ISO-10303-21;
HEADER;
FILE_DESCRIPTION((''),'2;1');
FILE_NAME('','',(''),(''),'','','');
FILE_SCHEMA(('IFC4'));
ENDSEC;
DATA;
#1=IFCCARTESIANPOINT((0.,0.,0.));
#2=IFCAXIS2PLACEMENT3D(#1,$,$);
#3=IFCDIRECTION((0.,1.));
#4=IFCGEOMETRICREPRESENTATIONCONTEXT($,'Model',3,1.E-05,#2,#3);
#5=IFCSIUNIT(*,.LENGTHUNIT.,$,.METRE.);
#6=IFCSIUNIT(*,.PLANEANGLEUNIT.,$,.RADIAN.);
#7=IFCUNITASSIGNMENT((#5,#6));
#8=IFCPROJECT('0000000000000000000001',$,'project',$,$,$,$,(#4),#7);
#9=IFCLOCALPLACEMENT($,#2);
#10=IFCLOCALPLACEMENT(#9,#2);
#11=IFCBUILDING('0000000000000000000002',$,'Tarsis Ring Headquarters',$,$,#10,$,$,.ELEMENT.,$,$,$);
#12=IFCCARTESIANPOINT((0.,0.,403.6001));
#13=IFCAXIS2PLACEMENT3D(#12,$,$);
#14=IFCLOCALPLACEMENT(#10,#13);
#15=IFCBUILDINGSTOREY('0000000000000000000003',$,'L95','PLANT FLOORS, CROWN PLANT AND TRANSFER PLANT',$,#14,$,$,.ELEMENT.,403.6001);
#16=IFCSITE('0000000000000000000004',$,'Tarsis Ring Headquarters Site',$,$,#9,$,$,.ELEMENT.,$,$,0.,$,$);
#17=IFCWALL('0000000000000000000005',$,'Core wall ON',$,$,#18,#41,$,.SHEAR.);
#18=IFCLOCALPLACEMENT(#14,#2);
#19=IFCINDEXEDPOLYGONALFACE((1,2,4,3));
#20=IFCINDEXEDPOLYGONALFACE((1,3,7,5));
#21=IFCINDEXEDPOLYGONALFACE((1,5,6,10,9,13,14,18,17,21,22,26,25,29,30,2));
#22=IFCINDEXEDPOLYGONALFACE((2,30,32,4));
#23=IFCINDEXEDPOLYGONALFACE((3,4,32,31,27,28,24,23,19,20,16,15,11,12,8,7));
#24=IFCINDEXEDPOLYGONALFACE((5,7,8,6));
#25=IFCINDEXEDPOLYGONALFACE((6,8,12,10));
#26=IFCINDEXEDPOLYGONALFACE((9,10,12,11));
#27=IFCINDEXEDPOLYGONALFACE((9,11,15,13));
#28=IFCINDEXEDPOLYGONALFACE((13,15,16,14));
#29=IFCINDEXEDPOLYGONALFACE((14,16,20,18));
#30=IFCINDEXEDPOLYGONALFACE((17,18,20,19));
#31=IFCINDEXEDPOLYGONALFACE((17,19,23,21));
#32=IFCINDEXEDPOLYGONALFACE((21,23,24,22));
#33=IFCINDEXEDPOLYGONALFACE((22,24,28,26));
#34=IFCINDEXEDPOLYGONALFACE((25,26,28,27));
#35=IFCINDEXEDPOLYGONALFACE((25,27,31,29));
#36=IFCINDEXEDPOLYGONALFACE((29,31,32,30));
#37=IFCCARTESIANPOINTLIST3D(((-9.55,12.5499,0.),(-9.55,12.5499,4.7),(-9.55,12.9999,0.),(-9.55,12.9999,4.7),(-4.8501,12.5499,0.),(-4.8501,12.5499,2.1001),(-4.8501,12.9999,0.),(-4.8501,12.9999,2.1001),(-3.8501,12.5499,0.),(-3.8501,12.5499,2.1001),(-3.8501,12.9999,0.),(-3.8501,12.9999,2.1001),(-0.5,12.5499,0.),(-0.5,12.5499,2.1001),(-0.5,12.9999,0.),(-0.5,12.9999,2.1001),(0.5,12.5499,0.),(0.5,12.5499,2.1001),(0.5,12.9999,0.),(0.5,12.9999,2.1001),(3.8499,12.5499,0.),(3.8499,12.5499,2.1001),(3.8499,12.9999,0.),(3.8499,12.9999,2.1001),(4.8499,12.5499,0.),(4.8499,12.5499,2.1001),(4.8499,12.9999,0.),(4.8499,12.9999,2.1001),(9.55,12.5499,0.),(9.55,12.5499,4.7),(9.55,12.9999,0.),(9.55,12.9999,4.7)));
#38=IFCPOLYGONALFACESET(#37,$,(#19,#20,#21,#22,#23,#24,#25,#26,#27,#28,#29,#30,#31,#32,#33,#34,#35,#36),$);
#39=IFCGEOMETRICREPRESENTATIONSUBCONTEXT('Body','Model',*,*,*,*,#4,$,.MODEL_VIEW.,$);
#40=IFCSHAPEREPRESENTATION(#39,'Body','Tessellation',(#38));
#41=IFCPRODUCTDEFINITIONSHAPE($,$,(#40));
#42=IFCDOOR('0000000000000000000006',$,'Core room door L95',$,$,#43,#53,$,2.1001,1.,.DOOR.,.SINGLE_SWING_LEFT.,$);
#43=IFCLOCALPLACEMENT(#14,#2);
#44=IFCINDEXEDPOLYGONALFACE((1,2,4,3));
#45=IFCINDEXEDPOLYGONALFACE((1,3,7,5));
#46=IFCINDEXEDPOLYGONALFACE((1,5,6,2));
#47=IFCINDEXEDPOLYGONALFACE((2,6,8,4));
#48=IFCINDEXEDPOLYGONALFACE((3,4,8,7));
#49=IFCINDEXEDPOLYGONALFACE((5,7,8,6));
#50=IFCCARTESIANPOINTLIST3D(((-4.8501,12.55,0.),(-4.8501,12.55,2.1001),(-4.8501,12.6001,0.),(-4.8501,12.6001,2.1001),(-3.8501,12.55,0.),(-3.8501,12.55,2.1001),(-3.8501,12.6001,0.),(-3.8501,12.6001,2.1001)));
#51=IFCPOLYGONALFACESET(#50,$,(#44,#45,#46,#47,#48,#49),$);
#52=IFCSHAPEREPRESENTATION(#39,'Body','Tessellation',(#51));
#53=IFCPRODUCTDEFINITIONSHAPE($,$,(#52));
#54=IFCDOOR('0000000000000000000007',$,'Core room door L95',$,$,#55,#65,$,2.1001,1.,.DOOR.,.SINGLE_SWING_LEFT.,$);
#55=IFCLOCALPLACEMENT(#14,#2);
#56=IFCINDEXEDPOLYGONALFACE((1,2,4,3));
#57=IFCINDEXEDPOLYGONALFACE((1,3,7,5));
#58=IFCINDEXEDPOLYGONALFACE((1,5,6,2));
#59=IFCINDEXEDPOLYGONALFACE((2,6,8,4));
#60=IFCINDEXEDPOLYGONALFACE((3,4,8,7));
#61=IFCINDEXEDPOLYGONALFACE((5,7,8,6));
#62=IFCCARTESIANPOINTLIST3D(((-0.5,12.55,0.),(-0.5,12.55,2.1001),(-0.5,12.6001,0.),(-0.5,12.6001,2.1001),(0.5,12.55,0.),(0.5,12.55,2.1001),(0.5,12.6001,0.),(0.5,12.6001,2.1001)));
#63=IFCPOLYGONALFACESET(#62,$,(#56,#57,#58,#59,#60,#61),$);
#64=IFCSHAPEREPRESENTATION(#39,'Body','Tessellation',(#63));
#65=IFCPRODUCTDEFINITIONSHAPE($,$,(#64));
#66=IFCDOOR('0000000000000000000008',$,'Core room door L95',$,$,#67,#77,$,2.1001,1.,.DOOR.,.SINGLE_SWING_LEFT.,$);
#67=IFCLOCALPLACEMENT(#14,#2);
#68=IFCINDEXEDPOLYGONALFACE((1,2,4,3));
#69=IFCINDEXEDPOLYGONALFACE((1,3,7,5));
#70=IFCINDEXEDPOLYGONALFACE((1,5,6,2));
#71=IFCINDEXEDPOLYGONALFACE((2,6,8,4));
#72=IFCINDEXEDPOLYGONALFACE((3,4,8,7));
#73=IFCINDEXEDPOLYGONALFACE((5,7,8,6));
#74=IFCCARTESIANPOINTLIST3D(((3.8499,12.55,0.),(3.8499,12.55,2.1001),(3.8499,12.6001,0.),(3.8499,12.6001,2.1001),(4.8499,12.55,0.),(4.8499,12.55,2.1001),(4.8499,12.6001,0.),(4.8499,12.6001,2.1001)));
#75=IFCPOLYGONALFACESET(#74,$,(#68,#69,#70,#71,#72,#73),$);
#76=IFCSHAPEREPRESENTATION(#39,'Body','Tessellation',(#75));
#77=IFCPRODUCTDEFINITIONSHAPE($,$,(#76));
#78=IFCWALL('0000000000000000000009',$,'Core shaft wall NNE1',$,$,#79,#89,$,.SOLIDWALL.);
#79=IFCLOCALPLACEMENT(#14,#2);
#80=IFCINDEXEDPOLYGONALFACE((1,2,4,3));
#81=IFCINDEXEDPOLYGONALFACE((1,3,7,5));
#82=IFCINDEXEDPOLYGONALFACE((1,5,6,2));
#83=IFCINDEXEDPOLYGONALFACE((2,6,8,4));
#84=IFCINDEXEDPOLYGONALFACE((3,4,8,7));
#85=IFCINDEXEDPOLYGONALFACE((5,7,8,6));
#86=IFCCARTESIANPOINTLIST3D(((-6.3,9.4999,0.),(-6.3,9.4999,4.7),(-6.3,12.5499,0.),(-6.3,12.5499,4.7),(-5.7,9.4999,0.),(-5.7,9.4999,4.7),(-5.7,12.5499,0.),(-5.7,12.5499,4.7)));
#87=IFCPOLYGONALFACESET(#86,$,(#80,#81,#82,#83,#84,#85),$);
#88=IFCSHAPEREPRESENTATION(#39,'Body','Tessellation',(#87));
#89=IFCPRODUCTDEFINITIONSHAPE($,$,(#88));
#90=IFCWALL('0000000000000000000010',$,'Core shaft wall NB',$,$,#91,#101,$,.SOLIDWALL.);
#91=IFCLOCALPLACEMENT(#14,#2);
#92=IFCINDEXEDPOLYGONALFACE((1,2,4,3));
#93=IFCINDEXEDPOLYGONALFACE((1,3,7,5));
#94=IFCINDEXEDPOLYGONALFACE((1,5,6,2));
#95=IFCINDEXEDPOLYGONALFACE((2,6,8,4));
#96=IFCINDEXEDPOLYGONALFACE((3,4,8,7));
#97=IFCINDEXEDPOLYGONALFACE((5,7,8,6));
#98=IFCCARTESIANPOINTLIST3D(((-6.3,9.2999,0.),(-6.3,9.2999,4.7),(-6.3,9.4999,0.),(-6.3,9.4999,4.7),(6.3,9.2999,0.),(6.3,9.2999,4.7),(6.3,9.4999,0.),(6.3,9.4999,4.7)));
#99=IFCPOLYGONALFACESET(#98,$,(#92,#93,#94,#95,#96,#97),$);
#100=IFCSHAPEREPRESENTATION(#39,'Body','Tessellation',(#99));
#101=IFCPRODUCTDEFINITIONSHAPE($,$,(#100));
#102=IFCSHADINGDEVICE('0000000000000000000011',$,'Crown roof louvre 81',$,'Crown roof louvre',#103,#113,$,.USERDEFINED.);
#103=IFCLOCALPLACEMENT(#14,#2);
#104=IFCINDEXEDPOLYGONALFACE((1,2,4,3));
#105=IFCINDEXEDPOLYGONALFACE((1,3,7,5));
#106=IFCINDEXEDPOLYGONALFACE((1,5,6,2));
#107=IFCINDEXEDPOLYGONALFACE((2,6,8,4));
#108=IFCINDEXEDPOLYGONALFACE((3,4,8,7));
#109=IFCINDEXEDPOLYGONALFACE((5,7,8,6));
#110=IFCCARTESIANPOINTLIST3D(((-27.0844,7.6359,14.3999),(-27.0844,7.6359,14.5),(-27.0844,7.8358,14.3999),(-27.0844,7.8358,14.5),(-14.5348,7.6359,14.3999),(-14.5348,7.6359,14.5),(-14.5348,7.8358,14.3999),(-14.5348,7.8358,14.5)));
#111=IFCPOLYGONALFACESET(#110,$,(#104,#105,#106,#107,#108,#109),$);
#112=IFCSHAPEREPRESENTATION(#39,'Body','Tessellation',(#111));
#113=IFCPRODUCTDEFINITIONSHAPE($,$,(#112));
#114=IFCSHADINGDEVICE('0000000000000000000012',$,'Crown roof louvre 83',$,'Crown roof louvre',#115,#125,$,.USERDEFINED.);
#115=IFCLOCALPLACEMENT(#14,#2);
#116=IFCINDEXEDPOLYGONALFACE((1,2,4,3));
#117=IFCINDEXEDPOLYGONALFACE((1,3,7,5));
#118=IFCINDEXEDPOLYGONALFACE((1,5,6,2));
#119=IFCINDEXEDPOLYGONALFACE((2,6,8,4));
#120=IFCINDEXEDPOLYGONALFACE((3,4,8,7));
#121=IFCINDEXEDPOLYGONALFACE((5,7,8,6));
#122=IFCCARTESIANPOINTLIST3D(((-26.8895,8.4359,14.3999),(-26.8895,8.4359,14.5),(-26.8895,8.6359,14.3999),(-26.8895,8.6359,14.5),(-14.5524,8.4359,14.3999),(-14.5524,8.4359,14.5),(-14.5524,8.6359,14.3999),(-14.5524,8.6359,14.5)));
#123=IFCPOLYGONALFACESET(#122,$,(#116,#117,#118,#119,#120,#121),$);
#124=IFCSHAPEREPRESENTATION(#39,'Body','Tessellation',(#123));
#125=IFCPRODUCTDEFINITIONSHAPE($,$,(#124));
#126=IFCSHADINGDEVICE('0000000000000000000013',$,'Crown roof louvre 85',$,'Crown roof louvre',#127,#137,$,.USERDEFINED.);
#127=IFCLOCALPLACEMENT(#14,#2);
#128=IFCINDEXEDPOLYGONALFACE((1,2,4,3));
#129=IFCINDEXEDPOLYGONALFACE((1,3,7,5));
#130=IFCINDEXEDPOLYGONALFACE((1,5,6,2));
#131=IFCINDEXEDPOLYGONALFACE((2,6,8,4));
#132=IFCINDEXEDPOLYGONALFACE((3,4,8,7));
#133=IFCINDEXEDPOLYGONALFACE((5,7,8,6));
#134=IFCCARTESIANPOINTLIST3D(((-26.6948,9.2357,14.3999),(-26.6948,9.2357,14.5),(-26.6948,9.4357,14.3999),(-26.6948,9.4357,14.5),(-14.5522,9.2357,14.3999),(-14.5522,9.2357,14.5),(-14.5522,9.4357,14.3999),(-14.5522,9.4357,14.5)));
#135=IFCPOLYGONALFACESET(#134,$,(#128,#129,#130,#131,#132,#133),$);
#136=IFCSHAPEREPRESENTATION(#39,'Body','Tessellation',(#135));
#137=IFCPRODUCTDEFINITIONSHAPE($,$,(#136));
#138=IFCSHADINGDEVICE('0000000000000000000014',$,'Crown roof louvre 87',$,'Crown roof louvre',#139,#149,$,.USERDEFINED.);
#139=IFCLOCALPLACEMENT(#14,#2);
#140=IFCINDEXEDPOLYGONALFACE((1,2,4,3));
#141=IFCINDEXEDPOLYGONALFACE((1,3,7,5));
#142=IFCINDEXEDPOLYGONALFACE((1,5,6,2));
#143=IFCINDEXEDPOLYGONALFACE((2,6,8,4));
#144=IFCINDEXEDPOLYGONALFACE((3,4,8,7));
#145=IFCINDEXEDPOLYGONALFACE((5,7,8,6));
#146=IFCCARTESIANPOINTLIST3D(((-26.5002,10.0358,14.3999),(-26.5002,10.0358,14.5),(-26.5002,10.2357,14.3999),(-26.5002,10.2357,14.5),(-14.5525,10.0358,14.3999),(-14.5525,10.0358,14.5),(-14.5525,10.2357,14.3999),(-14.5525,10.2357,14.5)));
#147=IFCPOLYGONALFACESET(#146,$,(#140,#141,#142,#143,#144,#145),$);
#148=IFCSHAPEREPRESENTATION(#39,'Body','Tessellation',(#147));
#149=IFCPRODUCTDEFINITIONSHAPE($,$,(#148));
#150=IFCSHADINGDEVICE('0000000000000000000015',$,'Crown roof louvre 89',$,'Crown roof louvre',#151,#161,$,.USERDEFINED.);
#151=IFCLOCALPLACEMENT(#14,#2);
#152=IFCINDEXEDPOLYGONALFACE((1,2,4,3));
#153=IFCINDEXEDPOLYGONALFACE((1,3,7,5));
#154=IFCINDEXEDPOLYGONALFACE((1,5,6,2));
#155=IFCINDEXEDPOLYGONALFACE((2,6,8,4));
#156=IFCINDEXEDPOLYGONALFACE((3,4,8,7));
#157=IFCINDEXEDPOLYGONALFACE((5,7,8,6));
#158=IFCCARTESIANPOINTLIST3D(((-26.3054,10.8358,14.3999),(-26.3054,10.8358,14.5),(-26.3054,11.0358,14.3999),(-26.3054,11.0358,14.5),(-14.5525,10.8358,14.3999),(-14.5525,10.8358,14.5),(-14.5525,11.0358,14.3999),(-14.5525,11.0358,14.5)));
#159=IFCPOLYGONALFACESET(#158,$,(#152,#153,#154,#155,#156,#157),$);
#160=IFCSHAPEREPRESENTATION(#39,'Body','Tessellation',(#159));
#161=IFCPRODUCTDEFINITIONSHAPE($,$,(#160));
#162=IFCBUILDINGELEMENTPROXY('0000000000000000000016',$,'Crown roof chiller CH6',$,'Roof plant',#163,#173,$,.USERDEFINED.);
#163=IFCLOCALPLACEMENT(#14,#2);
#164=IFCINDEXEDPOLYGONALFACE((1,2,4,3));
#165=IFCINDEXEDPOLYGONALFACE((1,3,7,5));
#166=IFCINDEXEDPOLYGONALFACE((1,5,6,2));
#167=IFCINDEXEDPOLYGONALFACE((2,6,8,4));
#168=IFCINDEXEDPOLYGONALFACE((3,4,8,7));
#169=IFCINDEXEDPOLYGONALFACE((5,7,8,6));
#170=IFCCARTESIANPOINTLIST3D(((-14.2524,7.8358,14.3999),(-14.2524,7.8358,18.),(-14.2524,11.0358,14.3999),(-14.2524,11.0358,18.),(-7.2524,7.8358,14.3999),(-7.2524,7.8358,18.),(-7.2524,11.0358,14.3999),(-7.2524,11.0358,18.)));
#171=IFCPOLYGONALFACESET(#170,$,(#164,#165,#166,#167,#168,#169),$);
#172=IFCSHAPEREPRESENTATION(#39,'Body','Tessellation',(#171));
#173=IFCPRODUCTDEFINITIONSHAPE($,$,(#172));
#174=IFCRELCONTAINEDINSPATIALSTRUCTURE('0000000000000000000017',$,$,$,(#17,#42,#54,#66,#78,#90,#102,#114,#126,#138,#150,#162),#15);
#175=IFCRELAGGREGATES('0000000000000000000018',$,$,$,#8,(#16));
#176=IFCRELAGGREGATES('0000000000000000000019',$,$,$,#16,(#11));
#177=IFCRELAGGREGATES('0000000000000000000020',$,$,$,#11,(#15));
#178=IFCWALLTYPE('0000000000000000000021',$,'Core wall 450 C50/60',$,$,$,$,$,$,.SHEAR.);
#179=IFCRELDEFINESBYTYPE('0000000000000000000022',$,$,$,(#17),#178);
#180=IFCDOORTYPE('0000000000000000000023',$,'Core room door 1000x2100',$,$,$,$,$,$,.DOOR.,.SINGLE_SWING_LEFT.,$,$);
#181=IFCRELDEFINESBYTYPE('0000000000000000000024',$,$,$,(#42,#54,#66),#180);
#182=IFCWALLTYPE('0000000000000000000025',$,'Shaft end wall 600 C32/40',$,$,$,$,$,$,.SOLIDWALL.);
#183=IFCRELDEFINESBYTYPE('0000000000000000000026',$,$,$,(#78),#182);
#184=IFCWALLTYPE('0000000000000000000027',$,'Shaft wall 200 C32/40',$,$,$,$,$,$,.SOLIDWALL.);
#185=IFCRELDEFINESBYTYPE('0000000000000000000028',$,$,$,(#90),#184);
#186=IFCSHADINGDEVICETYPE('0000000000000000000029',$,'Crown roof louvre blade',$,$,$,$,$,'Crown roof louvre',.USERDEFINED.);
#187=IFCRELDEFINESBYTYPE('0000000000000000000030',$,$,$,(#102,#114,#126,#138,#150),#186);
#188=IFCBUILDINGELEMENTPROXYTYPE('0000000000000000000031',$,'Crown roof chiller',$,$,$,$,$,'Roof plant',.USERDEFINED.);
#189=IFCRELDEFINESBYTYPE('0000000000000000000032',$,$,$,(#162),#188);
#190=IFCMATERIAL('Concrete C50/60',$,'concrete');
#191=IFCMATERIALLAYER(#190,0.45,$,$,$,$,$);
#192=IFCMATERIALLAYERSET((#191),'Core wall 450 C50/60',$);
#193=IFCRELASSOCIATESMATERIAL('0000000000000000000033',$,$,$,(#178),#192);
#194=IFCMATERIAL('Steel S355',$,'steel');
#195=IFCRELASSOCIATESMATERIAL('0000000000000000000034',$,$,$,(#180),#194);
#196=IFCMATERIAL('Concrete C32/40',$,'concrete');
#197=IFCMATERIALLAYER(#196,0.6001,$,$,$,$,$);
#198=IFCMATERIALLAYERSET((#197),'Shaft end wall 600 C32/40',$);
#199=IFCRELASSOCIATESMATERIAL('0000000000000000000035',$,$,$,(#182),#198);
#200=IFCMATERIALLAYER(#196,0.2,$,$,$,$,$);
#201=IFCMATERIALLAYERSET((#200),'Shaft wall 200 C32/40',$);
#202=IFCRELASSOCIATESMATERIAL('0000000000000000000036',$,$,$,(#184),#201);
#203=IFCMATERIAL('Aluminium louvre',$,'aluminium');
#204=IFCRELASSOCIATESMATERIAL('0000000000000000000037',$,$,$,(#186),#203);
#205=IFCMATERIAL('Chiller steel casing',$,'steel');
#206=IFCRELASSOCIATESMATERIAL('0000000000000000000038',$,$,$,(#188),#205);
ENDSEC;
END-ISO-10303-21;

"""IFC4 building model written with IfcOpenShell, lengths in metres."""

from ifc_helpers import new_model, si_unit, direction, frame, frame_2d, origin, origin_2d, place, context, subcontext, project, spatial, rectangle, extrude, material, layer, layer_set, type_object, element, fill, save


model = new_model("IFC4")

# Units and contexts
model_context = context("Model", 3, precision=1e-05, world=origin(), true_north=direction((0.0, 1.0)))
body_context = subcontext(model_context, "Body", "Model", "MODEL_VIEW")
ifc_project = project(units=[si_unit("LENGTHUNIT", "METRE"), si_unit("PLANEANGLEUNIT", "RADIAN")], contexts=[model_context])

# Site, building, storey
site_placement = place(None, origin())
site = spatial("IfcSite", under=ifc_project, at=site_placement, Name="Tarsis Ring Headquarters Site", CompositionType="ELEMENT", RefElevation=0.0)
building_placement = place(site_placement, origin())
building = spatial("IfcBuilding", under=site, at=building_placement, Name="Tarsis Ring Headquarters", CompositionType="ELEMENT")
storey_placement = place(building_placement, frame((0.0, 0.0, 403.6001)))
storey = spatial("IfcBuildingStorey", under=building, at=storey_placement, Name="L95", Description="PLANT FLOORS, CROWN PLANT AND TRANSFER PLANT", CompositionType="ELEMENT", Elevation=403.6001)

# Wall, openings, doors
ifc_material_1 = material(Name="Concrete C50/60", Category="concrete")
ifc_layer_1 = layer(ifc_material_1, 0.45)
ifc_layer_set_1 = layer_set([ifc_layer_1], Name="Core wall 450 C50/60")
wall_type_1 = type_object("IfcWallType", Name="Core wall 450 C50/60", PredefinedType="SHEAR", material=ifc_layer_set_1)
wall_1_placement = place(storey_placement, frame((-9.55, 12.7749, 0.0), z_axis=(0.0, 0.0, 1.0), x_axis=(1.0, 0.0, 0.0)))
wall_1 = element("IfcWall", 1, at=wall_1_placement, inside=storey, type_object=wall_type_1, Name="Core wall ON", PredefinedType="SHEAR", context=body_context, shape_type="SweptSolid", body=[
    extrude(rectangle(XDim=19.1001, YDim=0.45, at=frame_2d((9.55, 0.0))), origin(), (0.0, 0.0, 1.0), 4.7),
])
opening_1_placement = place(wall_1_placement, frame((4.7, 0.0, 0.0)))
opening_1 = element("IfcOpeningElement", 2, at=opening_1_placement, cuts=wall_1, PredefinedType="OPENING", context=body_context, shape_type="SweptSolid", body=[
    extrude(rectangle(XDim=1.0, YDim=2.1001, at=frame_2d((0.5, 1.05))), frame((0.0, 0.2349, 0.0), z_axis=(0.0, -1.0, 0.0), x_axis=(1.0, 0.0, 0.0)), (0.0, 0.0, 1.0), 0.47),
])
opening_2_placement = place(wall_1_placement, frame((9.05, 0.0, 0.0)))
opening_2 = element("IfcOpeningElement", 3, at=opening_2_placement, cuts=wall_1, PredefinedType="OPENING", context=body_context, shape_type="SweptSolid", body=[
    extrude(rectangle(XDim=1.0, YDim=2.1001, at=frame_2d((0.5, 1.05))), frame((0.0, 0.2349, 0.0), z_axis=(0.0, -1.0, 0.0), x_axis=(1.0, 0.0, 0.0)), (0.0, 0.0, 1.0), 0.47),
])
opening_3_placement = place(wall_1_placement, frame((13.3999, 0.0, 0.0)))
opening_3 = element("IfcOpeningElement", 4, at=opening_3_placement, cuts=wall_1, PredefinedType="OPENING", context=body_context, shape_type="SweptSolid", body=[
    extrude(rectangle(XDim=1.0, YDim=2.1001, at=frame_2d((0.5, 1.05))), frame((0.0, 0.2349, 0.0), z_axis=(0.0, -1.0, 0.0), x_axis=(1.0, 0.0, 0.0)), (0.0, 0.0, 1.0), 0.47),
])
ifc_material_2 = material(Name="Steel S355", Category="steel")
door_type = type_object("IfcDoorType", Name="Core room door 1000x2100", OperationType="SINGLE_SWING_LEFT", PredefinedType="DOOR", material=ifc_material_2)
door_1_placement = place(opening_1_placement, origin())
door_1 = element("IfcDoor", 5, at=door_1_placement, inside=storey, type_object=door_type, Name="Core room door L95", OperationType="SINGLE_SWING_LEFT", OverallHeight=2.1001, OverallWidth=1.0, PredefinedType="DOOR", context=body_context, shape_type="SweptSolid", body=[
    extrude(rectangle(XDim=1.0, YDim=2.1001, at=frame_2d((0.5, 1.05))), frame((0.0, -0.1748, 0.0), z_axis=(0.0, -1.0, 0.0), x_axis=(1.0, 0.0, 0.0)), (0.0, 0.0, 1.0), 0.05),
])
fill(opening_1, door_1)
door_2_placement = place(opening_2_placement, origin())
door_2 = element("IfcDoor", 6, at=door_2_placement, inside=storey, type_object=door_type, Name="Core room door L95", OperationType="SINGLE_SWING_LEFT", OverallHeight=2.1001, OverallWidth=1.0, PredefinedType="DOOR", context=body_context, shape_type="SweptSolid", body=[
    extrude(rectangle(XDim=1.0, YDim=2.1001, at=frame_2d((0.5, 1.05))), frame((0.0, -0.1748, 0.0), z_axis=(0.0, -1.0, 0.0), x_axis=(1.0, 0.0, 0.0)), (0.0, 0.0, 1.0), 0.05),
])
fill(opening_2, door_2)
door_3_placement = place(opening_3_placement, origin())
door_3 = element("IfcDoor", 7, at=door_3_placement, inside=storey, type_object=door_type, Name="Core room door L95", OperationType="SINGLE_SWING_LEFT", OverallHeight=2.1001, OverallWidth=1.0, PredefinedType="DOOR", context=body_context, shape_type="SweptSolid", body=[
    extrude(rectangle(XDim=1.0, YDim=2.1001, at=frame_2d((0.5, 1.05))), frame((0.0, -0.1748, 0.0), z_axis=(0.0, -1.0, 0.0), x_axis=(1.0, 0.0, 0.0)), (0.0, 0.0, 1.0), 0.05),
])
fill(opening_3, door_3)

# Walls
ifc_material_3 = material(Name="Concrete C32/40", Category="concrete")
ifc_layer_2 = layer(ifc_material_3, 0.6001)
ifc_layer_set_2 = layer_set([ifc_layer_2], Name="Shaft end wall 600 C32/40")
wall_type_2 = type_object("IfcWallType", Name="Shaft end wall 600 C32/40", PredefinedType="SOLIDWALL", material=ifc_layer_set_2)
wall_2_placement = place(storey_placement, frame((-6.0, 9.5, 0.0), z_axis=(0.0, 0.0, 1.0), x_axis=(0.0, 1.0, 0.0)))
element("IfcWall", 8, at=wall_2_placement, inside=storey, type_object=wall_type_2, Name="Core shaft wall NNE1", PredefinedType="SOLIDWALL", context=body_context, shape_type="SweptSolid", body=[
    extrude(rectangle(XDim=3.05, YDim=0.6001, at=frame_2d((1.5249, 0.0))), origin(), (0.0, 0.0, 1.0), 4.7),
])
ifc_layer_3 = layer(ifc_material_3, 0.2)
ifc_layer_set_3 = layer_set([ifc_layer_3], Name="Shaft wall 200 C32/40")
wall_type_3 = type_object("IfcWallType", Name="Shaft wall 200 C32/40", PredefinedType="SOLIDWALL", material=ifc_layer_set_3)
wall_3_placement = place(storey_placement, frame((-6.3, 9.3999, 0.0), z_axis=(0.0, 0.0, 1.0), x_axis=(1.0, 0.0, 0.0)))
element("IfcWall", 9, at=wall_3_placement, inside=storey, type_object=wall_type_3, Name="Core shaft wall NB", PredefinedType="SOLIDWALL", context=body_context, shape_type="SweptSolid", body=[
    extrude(rectangle(XDim=12.6001, YDim=0.2, at=frame_2d((6.3, 0.0))), origin(), (0.0, 0.0, 1.0), 4.7),
])

# Shading devices
ifc_material_4 = material(Name="Aluminium louvre", Category="aluminium")
shading_device_type_1 = type_object("IfcShadingDeviceType", Name="Crown roof louvre blade", ElementType="Crown roof louvre", PredefinedType="USERDEFINED", material=ifc_material_4)
shading_device_1_placement = place(storey_placement, frame((-20.8096, 7.7358, 14.3999), z_axis=(0.0, 0.0, 1.0), x_axis=(1.0, 0.0, 0.0)))
element("IfcShadingDevice", 10, at=shading_device_1_placement, inside=storey, type_object=shading_device_type_1, Name="Crown roof louvre 81", ObjectType="Crown roof louvre", PredefinedType="USERDEFINED", context=body_context, shape_type="SweptSolid", body=[
    extrude(rectangle(XDim=12.5496, YDim=0.2, at=origin_2d()), origin(), (0.0, 0.0, 1.0), 0.1001),
])
shading_device_2_placement = place(storey_placement, frame((-20.7209, 8.5359, 14.3999), z_axis=(0.0, 0.0, 1.0), x_axis=(1.0, 0.0, 0.0)))
element("IfcShadingDevice", 11, at=shading_device_2_placement, inside=storey, type_object=shading_device_type_1, Name="Crown roof louvre 83", ObjectType="Crown roof louvre", PredefinedType="USERDEFINED", context=body_context, shape_type="SweptSolid", body=[
    extrude(rectangle(XDim=12.3372, YDim=0.2, at=origin_2d()), origin(), (0.0, 0.0, 1.0), 0.1001),
])
shading_device_3_placement = place(storey_placement, frame((-20.6235, 9.3357, 14.3999), z_axis=(0.0, 0.0, 1.0), x_axis=(1.0, 0.0, 0.0)))
element("IfcShadingDevice", 12, at=shading_device_3_placement, inside=storey, type_object=shading_device_type_1, Name="Crown roof louvre 85", ObjectType="Crown roof louvre", PredefinedType="USERDEFINED", context=body_context, shape_type="SweptSolid", body=[
    extrude(rectangle(XDim=12.1426, YDim=0.2, at=origin_2d()), origin(), (0.0, 0.0, 1.0), 0.1001),
])
shading_device_4_placement = place(storey_placement, frame((-20.5264, 10.1357, 14.3999), z_axis=(0.0, 0.0, 1.0), x_axis=(1.0, 0.0, 0.0)))
element("IfcShadingDevice", 13, at=shading_device_4_placement, inside=storey, type_object=shading_device_type_1, Name="Crown roof louvre 87", ObjectType="Crown roof louvre", PredefinedType="USERDEFINED", context=body_context, shape_type="SweptSolid", body=[
    extrude(rectangle(XDim=11.9478, YDim=0.2, at=origin_2d()), origin(), (0.0, 0.0, 1.0), 0.1001),
])
shading_device_5_placement = place(storey_placement, frame((-20.429, 10.9358, 14.3999), z_axis=(0.0, 0.0, 1.0), x_axis=(1.0, 0.0, 0.0)))
element("IfcShadingDevice", 14, at=shading_device_5_placement, inside=storey, type_object=shading_device_type_1, Name="Crown roof louvre 89", ObjectType="Crown roof louvre", PredefinedType="USERDEFINED", context=body_context, shape_type="SweptSolid", body=[
    extrude(rectangle(XDim=11.7529, YDim=0.2, at=origin_2d()), origin(), (0.0, 0.0, 1.0), 0.1001),
])

# Building element proxy
ifc_material_5 = material(Name="Chiller steel casing", Category="steel")
building_element_proxy_type = type_object("IfcBuildingElementProxyType", Name="Crown roof chiller", ElementType="Roof plant", PredefinedType="USERDEFINED", material=ifc_material_5)
proxy_placement = place(storey_placement, frame((-10.7524, 9.4358, 14.3999), z_axis=(0.0, 0.0, 1.0), x_axis=(1.0, 0.0, 0.0)))
element("IfcBuildingElementProxy", 15, at=proxy_placement, inside=storey, type_object=building_element_proxy_type, Name="Crown roof chiller CH6", ObjectType="Roof plant", PredefinedType="USERDEFINED", context=body_context, shape_type="SweptSolid", body=[
    extrude(rectangle(XDim=7.0, YDim=3.2, at=origin_2d()), origin(), (0.0, 0.0, 1.0), 3.6001),
])

save(model, "model.ifc")
